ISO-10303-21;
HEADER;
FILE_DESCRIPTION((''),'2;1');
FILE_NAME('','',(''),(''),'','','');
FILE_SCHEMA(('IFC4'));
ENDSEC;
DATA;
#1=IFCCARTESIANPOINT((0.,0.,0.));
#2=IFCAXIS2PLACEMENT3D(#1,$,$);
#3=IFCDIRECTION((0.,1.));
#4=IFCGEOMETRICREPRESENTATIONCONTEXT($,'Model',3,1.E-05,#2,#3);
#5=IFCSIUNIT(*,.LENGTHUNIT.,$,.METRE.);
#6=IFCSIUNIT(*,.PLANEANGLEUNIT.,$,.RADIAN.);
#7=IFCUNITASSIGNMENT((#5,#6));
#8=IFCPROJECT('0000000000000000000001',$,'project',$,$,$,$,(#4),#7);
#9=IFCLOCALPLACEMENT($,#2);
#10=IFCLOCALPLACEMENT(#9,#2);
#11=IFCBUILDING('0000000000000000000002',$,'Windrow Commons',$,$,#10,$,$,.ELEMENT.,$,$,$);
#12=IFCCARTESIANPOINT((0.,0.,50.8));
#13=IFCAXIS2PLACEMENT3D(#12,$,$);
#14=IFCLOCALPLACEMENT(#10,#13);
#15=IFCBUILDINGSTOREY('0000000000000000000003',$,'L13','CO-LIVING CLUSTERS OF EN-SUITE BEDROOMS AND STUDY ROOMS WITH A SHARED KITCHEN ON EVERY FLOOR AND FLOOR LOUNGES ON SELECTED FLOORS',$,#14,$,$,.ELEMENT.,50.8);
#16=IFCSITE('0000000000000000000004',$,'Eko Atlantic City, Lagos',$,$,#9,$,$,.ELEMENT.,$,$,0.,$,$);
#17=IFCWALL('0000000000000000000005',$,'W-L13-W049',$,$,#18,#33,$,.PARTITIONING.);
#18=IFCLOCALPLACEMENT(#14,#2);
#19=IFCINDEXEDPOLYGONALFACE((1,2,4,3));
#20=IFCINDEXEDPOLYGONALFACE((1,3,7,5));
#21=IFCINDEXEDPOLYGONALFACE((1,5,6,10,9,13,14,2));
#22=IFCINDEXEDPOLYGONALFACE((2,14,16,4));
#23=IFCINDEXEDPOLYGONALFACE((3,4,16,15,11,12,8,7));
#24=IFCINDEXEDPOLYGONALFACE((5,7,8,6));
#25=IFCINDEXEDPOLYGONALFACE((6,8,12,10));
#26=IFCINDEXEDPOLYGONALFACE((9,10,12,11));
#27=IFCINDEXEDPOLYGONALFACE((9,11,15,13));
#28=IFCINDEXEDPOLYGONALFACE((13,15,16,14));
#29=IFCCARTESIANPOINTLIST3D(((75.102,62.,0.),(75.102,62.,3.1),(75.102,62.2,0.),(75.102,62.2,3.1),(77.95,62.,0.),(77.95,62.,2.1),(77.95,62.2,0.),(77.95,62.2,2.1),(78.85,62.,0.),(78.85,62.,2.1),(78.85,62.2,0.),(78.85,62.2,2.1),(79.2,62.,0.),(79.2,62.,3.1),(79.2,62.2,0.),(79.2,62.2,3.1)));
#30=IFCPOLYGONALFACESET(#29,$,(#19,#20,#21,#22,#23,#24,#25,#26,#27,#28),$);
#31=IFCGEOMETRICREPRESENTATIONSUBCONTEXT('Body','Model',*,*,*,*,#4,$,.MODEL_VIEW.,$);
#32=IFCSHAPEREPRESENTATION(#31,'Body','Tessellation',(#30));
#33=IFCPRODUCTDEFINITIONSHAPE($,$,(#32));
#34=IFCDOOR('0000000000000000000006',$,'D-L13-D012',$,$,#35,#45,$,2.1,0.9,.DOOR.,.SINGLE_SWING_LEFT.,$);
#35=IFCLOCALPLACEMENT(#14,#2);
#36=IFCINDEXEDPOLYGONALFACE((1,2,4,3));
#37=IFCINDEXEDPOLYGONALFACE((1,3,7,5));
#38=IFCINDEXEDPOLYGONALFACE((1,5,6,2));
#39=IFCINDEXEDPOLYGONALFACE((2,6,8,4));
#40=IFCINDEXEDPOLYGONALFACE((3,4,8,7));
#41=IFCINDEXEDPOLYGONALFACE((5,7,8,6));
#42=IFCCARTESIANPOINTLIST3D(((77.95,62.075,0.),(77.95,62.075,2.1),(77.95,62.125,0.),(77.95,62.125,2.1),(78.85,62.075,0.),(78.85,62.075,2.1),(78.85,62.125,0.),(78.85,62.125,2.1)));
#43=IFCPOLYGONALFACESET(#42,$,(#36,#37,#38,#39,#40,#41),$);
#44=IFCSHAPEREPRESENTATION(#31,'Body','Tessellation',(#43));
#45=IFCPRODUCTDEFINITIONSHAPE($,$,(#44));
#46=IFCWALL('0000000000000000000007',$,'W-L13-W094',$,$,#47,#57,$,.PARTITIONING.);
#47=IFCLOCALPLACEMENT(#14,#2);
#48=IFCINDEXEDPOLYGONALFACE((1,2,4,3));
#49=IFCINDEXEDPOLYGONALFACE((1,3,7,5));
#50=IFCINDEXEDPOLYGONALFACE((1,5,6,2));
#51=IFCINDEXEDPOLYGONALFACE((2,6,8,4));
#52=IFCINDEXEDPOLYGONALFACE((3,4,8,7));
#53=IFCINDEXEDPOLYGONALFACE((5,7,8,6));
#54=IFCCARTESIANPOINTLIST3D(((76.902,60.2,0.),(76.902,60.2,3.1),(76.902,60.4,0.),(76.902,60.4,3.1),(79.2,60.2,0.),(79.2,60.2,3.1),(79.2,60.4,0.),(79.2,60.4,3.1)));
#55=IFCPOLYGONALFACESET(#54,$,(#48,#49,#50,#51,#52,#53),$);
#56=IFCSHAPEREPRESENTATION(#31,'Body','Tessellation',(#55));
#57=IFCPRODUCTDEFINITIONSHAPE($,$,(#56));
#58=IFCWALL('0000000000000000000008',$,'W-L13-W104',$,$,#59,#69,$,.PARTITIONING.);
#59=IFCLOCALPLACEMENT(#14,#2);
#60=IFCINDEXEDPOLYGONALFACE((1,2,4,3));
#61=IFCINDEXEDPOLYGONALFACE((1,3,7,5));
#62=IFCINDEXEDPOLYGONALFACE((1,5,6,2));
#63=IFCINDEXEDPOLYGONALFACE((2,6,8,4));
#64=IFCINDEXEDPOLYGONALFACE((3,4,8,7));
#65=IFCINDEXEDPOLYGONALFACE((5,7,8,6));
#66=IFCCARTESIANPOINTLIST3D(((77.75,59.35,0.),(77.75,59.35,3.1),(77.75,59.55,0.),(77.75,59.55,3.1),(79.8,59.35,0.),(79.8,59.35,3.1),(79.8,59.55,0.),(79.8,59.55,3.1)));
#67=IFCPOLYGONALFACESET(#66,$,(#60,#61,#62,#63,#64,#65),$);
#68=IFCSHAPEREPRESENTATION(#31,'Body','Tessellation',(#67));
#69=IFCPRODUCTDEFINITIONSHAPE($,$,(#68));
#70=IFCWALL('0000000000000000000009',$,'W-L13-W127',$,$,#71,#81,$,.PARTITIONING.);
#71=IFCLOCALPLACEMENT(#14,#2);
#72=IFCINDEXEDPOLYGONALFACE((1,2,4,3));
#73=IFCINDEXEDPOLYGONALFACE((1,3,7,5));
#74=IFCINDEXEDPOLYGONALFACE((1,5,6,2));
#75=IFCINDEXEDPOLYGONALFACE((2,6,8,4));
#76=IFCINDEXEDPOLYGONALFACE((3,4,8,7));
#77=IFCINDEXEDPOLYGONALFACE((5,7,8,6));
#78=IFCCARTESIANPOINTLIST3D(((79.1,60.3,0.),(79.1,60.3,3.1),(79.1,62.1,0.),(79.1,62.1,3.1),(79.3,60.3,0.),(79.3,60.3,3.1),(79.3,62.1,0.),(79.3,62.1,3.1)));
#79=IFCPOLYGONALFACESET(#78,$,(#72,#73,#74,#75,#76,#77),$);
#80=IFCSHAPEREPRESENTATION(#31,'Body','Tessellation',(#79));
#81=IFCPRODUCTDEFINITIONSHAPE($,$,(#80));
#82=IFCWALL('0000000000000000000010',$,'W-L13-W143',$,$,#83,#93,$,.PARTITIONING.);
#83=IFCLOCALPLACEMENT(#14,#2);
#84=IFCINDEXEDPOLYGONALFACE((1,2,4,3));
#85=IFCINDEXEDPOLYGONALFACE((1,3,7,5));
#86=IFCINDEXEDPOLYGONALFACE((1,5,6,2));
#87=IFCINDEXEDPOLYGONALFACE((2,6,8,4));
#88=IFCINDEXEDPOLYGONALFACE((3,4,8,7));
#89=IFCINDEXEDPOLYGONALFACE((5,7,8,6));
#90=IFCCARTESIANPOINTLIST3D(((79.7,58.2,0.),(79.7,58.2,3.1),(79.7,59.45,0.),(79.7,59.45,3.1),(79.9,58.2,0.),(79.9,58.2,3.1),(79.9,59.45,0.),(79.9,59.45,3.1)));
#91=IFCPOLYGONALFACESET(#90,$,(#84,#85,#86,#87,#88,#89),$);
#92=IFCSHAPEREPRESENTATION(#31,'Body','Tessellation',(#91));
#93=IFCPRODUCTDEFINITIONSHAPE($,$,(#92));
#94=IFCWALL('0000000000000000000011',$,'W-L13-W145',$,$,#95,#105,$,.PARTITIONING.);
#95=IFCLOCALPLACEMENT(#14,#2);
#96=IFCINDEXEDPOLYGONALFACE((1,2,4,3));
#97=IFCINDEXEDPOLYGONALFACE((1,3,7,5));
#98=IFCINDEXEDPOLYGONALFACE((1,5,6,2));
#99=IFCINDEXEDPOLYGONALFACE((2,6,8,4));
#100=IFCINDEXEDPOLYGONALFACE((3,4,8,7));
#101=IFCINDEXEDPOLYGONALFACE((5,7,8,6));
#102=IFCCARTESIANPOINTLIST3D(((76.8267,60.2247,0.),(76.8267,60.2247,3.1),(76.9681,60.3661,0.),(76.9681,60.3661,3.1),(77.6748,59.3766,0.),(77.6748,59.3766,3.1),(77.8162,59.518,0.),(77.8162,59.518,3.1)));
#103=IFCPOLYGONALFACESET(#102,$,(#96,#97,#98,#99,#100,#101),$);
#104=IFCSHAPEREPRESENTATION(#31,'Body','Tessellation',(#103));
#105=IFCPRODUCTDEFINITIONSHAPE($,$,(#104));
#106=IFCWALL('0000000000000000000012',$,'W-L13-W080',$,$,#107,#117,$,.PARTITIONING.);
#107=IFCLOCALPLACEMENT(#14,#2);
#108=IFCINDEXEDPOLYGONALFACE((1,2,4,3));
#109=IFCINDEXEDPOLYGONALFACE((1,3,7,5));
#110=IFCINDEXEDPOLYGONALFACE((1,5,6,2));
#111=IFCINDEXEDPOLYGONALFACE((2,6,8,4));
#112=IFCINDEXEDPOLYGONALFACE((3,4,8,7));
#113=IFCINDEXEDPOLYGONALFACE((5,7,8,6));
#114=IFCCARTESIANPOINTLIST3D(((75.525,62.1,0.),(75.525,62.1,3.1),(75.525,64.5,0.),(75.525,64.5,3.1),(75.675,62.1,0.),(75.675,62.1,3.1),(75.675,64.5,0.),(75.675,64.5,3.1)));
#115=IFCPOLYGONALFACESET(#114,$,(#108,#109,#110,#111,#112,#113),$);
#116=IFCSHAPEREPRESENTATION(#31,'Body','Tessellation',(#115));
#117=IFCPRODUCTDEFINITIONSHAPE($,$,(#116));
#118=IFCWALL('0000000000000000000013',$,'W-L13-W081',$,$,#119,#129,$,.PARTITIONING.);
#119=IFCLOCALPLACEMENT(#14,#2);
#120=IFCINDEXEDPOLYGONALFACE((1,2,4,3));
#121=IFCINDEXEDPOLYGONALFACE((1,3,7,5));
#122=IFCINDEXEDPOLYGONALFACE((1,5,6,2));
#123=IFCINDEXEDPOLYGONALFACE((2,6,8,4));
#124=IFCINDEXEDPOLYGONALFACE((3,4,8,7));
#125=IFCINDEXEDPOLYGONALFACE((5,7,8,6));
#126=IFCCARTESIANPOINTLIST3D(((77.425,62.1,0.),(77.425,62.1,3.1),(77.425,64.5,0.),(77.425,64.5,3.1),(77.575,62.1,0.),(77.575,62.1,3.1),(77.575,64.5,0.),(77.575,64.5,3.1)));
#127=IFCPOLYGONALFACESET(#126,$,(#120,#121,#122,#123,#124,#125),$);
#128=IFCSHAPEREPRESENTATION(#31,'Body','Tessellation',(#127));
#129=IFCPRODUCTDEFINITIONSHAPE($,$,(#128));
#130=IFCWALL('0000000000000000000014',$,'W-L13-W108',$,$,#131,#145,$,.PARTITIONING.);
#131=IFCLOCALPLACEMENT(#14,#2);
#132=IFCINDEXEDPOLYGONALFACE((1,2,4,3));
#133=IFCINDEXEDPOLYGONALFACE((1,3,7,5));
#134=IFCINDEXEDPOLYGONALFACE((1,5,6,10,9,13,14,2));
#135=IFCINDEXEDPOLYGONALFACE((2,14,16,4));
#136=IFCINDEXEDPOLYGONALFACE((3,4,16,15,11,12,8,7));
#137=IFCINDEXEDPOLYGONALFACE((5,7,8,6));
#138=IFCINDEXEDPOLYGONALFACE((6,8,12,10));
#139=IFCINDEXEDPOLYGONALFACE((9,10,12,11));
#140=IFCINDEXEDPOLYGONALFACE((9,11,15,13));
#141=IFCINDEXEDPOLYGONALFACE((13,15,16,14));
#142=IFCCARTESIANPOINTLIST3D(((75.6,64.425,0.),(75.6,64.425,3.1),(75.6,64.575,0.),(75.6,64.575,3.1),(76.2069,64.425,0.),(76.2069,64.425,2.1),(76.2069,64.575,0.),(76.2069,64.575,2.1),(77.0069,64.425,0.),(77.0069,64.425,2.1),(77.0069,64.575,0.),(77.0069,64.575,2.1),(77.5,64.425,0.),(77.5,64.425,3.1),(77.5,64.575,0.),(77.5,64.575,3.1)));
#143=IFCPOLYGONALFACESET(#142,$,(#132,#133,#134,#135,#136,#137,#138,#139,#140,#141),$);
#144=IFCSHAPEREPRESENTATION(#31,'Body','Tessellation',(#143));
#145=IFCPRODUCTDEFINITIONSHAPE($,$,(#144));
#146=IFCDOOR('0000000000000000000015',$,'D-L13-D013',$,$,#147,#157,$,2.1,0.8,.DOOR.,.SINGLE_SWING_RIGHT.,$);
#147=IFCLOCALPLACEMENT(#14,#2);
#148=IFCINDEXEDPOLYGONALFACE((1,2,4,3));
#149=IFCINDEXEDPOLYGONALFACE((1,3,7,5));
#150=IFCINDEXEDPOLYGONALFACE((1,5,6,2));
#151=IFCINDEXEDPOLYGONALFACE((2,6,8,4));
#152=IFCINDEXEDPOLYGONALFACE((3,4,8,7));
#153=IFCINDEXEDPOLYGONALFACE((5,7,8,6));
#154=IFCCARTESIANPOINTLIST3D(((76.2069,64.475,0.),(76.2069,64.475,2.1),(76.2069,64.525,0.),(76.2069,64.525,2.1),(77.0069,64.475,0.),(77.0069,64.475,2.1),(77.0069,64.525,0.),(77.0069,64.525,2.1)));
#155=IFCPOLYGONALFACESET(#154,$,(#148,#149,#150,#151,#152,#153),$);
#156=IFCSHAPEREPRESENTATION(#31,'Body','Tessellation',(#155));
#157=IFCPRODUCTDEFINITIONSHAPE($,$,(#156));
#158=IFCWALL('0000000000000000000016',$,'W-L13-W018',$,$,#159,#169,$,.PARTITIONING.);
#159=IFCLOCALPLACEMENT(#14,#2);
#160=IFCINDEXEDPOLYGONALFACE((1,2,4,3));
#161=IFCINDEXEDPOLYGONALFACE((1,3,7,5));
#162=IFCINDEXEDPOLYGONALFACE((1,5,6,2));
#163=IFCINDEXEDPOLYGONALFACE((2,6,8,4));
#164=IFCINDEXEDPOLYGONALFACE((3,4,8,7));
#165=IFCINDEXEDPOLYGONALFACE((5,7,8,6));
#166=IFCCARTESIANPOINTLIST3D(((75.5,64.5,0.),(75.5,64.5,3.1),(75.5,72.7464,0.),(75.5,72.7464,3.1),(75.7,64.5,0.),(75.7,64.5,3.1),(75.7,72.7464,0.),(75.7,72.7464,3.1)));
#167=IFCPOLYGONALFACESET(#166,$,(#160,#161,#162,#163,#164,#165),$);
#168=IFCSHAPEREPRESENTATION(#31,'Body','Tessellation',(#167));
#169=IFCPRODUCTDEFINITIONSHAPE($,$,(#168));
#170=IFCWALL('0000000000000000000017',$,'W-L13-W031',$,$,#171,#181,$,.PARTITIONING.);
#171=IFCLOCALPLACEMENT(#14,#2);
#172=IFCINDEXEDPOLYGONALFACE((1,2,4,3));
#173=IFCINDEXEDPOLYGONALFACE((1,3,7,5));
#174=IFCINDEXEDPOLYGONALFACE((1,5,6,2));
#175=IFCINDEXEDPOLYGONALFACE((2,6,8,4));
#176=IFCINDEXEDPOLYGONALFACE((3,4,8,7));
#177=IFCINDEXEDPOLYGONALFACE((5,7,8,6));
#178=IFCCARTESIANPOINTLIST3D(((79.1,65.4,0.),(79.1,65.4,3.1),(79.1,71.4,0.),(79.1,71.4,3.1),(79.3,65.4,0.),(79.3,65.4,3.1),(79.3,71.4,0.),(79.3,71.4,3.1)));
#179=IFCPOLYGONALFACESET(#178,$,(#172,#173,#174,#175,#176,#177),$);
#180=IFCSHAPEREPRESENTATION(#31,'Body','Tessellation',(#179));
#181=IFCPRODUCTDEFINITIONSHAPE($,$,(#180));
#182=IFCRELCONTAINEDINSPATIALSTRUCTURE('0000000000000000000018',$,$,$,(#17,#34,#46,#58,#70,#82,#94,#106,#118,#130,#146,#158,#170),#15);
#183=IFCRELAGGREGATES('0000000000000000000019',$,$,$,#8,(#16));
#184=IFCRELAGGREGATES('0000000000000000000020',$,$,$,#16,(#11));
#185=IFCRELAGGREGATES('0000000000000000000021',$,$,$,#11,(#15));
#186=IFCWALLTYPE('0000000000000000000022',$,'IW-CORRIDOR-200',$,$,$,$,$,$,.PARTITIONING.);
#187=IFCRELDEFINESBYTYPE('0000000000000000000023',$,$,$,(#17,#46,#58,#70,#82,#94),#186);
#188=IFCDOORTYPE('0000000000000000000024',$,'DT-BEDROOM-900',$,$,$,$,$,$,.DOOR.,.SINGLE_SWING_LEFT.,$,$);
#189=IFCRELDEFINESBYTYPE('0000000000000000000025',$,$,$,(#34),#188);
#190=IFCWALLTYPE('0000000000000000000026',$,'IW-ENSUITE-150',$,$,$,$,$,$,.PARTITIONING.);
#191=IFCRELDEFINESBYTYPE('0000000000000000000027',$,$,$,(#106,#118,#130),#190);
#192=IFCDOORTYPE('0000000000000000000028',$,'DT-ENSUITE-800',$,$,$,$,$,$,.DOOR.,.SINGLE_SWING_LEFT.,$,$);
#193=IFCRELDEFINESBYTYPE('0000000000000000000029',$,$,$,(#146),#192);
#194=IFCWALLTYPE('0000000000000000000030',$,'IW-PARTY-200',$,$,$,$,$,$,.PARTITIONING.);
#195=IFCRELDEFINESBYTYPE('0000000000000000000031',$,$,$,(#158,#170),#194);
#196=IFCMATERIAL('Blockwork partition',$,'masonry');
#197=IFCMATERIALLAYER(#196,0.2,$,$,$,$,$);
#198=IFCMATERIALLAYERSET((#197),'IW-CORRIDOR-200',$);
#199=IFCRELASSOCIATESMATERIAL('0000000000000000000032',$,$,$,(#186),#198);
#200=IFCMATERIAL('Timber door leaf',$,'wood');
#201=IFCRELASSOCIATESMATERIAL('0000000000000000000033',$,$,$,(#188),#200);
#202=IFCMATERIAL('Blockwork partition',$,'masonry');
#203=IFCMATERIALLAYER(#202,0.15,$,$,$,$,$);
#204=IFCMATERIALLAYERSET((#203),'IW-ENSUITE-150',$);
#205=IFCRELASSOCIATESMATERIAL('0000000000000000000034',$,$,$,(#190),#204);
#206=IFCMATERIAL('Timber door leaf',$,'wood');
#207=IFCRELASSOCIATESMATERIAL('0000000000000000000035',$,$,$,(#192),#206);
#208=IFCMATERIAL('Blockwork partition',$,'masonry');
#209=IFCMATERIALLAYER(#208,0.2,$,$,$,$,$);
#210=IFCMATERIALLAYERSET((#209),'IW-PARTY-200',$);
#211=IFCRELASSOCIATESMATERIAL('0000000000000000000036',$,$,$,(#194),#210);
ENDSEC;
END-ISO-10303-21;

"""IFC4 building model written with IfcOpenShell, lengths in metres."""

from ifc_helpers import new_model, si_unit, direction, frame, frame_2d, origin, place, context, subcontext, project, spatial, rectangle, extrude, material, layer, layer_set, type_object, element, fill, save


model = new_model("IFC4")

# Units and contexts
model_context = context("Model", 3, precision=1e-05, world=origin(), true_north=direction((0.0, 1.0)))
body_context = subcontext(model_context, "Body", "Model", "MODEL_VIEW")
ifc_project = project(units=[si_unit("LENGTHUNIT", "METRE"), si_unit("PLANEANGLEUNIT", "RADIAN")], contexts=[model_context])

# Site, building, storey
site_placement = place(None, origin())
site = spatial("IfcSite", under=ifc_project, at=site_placement, Name="Eko Atlantic City, Lagos", CompositionType="ELEMENT", RefElevation=0.0)
building_placement = place(site_placement, origin())
building = spatial("IfcBuilding", under=site, at=building_placement, Name="Windrow Commons", CompositionType="ELEMENT")
storey_placement = place(building_placement, frame((0.0, 0.0, 50.8)))
storey = spatial("IfcBuildingStorey", under=building, at=storey_placement, Name="L13", Description="CO-LIVING CLUSTERS OF EN-SUITE BEDROOMS AND STUDY ROOMS WITH A SHARED KITCHEN ON EVERY FLOOR AND FLOOR LOUNGES ON SELECTED FLOORS", CompositionType="ELEMENT", Elevation=50.8)

# Wall, opening, door
ifc_material_1 = material(Name="Blockwork partition", Category="masonry")
ifc_layer_1 = layer(ifc_material_1, 0.2)
ifc_layer_set_1 = layer_set([ifc_layer_1], Name="IW-CORRIDOR-200")
wall_type_1 = type_object("IfcWallType", Name="IW-CORRIDOR-200", PredefinedType="PARTITIONING", material=ifc_layer_set_1)
wall_1_placement = place(storey_placement, frame((75.102, 62.1, 0.0), z_axis=(0.0, 0.0, 1.0), x_axis=(1.0, 0.0, 0.0)))
wall_1 = element("IfcWall", 1, at=wall_1_placement, inside=storey, type_object=wall_type_1, Name="W-L13-W049", PredefinedType="PARTITIONING", context=body_context, shape_type="SweptSolid", body=[
    extrude(rectangle(XDim=4.098, YDim=0.2, at=frame_2d((2.049, 0.0))), origin(), (0.0, 0.0, 1.0), 3.1),
])
opening_1_placement = place(wall_1_placement, frame((2.848, 0.0, 0.0)))
opening_1 = element("IfcOpeningElement", 2, at=opening_1_placement, cuts=wall_1, PredefinedType="OPENING", context=body_context, shape_type="SweptSolid", body=[
    extrude(rectangle(XDim=0.9, YDim=2.1, at=frame_2d((0.45, 1.05))), frame((0.0, 0.11, 0.0), z_axis=(0.0, -1.0, 0.0), x_axis=(1.0, 0.0, 0.0)), (0.0, 0.0, 1.0), 0.22),
])
ifc_material_2 = material(Name="Timber door leaf", Category="wood")
door_type_1 = type_object("IfcDoorType", Name="DT-BEDROOM-900", OperationType="SINGLE_SWING_LEFT", PredefinedType="DOOR", material=ifc_material_2)
door_1_placement = place(opening_1_placement, origin())
door_1 = element("IfcDoor", 3, at=door_1_placement, inside=storey, type_object=door_type_1, Name="D-L13-D012", OperationType="SINGLE_SWING_LEFT", OverallHeight=2.1, OverallWidth=0.9, PredefinedType="DOOR", context=body_context, shape_type="SweptSolid", body=[
    extrude(rectangle(XDim=0.9, YDim=2.1, at=frame_2d((0.45, 1.05))), frame((0.0, 0.025, 0.0), z_axis=(0.0, -1.0, 0.0), x_axis=(1.0, 0.0, 0.0)), (0.0, 0.0, 1.0), 0.05),
])
fill(opening_1, door_1)

# Walls
wall_2_placement = place(storey_placement, frame((76.902, 60.3, 0.0), z_axis=(0.0, 0.0, 1.0), x_axis=(1.0, 0.0, 0.0)))
element("IfcWall", 4, at=wall_2_placement, inside=storey, type_object=wall_type_1, Name="W-L13-W094", PredefinedType="PARTITIONING", context=body_context, shape_type="SweptSolid", body=[
    extrude(rectangle(XDim=2.298, YDim=0.2, at=frame_2d((1.149, 0.0))), origin(), (0.0, 0.0, 1.0), 3.1),
])
wall_3_placement = place(storey_placement, frame((77.75, 59.45, 0.0), z_axis=(0.0, 0.0, 1.0), x_axis=(1.0, 0.0, 0.0)))
element("IfcWall", 5, at=wall_3_placement, inside=storey, type_object=wall_type_1, Name="W-L13-W104", PredefinedType="PARTITIONING", context=body_context, shape_type="SweptSolid", body=[
    extrude(rectangle(XDim=2.05, YDim=0.2, at=frame_2d((1.025, 0.0))), origin(), (0.0, 0.0, 1.0), 3.1),
])
wall_4_placement = place(storey_placement, frame((79.2, 60.3, 0.0), z_axis=(0.0, 0.0, 1.0), x_axis=(0.0, 1.0, 0.0)))
element("IfcWall", 6, at=wall_4_placement, inside=storey, type_object=wall_type_1, Name="W-L13-W127", PredefinedType="PARTITIONING", context=body_context, shape_type="SweptSolid", body=[
    extrude(rectangle(XDim=1.8, YDim=0.2, at=frame_2d((0.9, 0.0))), origin(), (0.0, 0.0, 1.0), 3.1),
])
wall_5_placement = place(storey_placement, frame((79.8, 58.2, 0.0), z_axis=(0.0, 0.0, 1.0), x_axis=(0.0, 1.0, 0.0)))
element("IfcWall", 7, at=wall_5_placement, inside=storey, type_object=wall_type_1, Name="W-L13-W143", PredefinedType="PARTITIONING", context=body_context, shape_type="SweptSolid", body=[
    extrude(rectangle(XDim=1.25, YDim=0.2, at=frame_2d((0.625, 0.0))), origin(), (0.0, 0.0, 1.0), 3.1),
])
wall_6_placement = place(storey_placement, frame((76.8974, 60.2954, 0.0), z_axis=(0.0, 0.0, 1.0), x_axis=(0.707107, -0.707107, 0.0)))
element("IfcWall", 8, at=wall_6_placement, inside=storey, type_object=wall_type_1, Name="W-L13-W145", PredefinedType="PARTITIONING", context=body_context, shape_type="SweptSolid", body=[
    extrude(rectangle(XDim=1.1993, YDim=0.2, at=frame_2d((0.5997, 0.0))), origin(), (0.0, 0.0, 1.0), 3.1),
])
ifc_material_3 = material(Name="Blockwork partition", Category="masonry")
ifc_layer_2 = layer(ifc_material_3, 0.15)
ifc_layer_set_2 = layer_set([ifc_layer_2], Name="IW-ENSUITE-150")
wall_type_2 = type_object("IfcWallType", Name="IW-ENSUITE-150", PredefinedType="PARTITIONING", material=ifc_layer_set_2)
for number, where, z_axis, x_axis, name in (
    (9, (75.6, 62.1, 0.0), (0.0, 0.0, 1.0), (0.0, 1.0, 0.0), "W-L13-W080"),
    (10, (77.5, 62.1, 0.0), (0.0, 0.0, 1.0), (0.0, 1.0, 0.0), "W-L13-W081"),
):
    element("IfcWall", number, at=place(storey_placement, frame(where, z_axis=z_axis, x_axis=x_axis)), inside=storey, type_object=wall_type_2, Name=name, PredefinedType="PARTITIONING", context=body_context, shape_type="SweptSolid", body=[
        extrude(rectangle(XDim=2.4, YDim=0.15, at=frame_2d((1.2, 0.0))), origin(), (0.0, 0.0, 1.0), 3.1),
    ])

# Wall, opening, door
wall_7_placement = place(storey_placement, frame((75.6, 64.5, 0.0), z_axis=(0.0, 0.0, 1.0), x_axis=(1.0, 0.0, 0.0)))
wall_7 = element("IfcWall", 11, at=wall_7_placement, inside=storey, type_object=wall_type_2, Name="W-L13-W108", PredefinedType="PARTITIONING", context=body_context, shape_type="SweptSolid", body=[
    extrude(rectangle(XDim=1.9, YDim=0.15, at=frame_2d((0.95, 0.0))), origin(), (0.0, 0.0, 1.0), 3.1),
])
opening_2_placement = place(wall_7_placement, frame((0.6069, 0.0, 0.0)))
opening_2 = element("IfcOpeningElement", 12, at=opening_2_placement, cuts=wall_7, PredefinedType="OPENING", context=body_context, shape_type="SweptSolid", body=[
    extrude(rectangle(XDim=0.8, YDim=2.1, at=frame_2d((0.4, 1.05))), frame((0.0, 0.085, 0.0), z_axis=(0.0, -1.0, 0.0), x_axis=(1.0, 0.0, 0.0)), (0.0, 0.0, 1.0), 0.17),
])
ifc_material_4 = material(Name="Timber door leaf", Category="wood")
door_type_2 = type_object("IfcDoorType", Name="DT-ENSUITE-800", OperationType="SINGLE_SWING_LEFT", PredefinedType="DOOR", material=ifc_material_4)
door_2_placement = place(opening_2_placement, origin())
door_2 = element("IfcDoor", 13, at=door_2_placement, inside=storey, type_object=door_type_2, Name="D-L13-D013", OperationType="SINGLE_SWING_RIGHT", OverallHeight=2.1, OverallWidth=0.8, PredefinedType="DOOR", context=body_context, shape_type="SweptSolid", body=[
    extrude(rectangle(XDim=0.8, YDim=2.1, at=frame_2d((0.4, 1.05))), frame((0.0, 0.025, 0.0), z_axis=(0.0, -1.0, 0.0), x_axis=(1.0, 0.0, 0.0)), (0.0, 0.0, 1.0), 0.05),
])
fill(opening_2, door_2)

# Walls
ifc_material_5 = material(Name="Blockwork partition", Category="masonry")
ifc_layer_3 = layer(ifc_material_5, 0.2)
ifc_layer_set_3 = layer_set([ifc_layer_3], Name="IW-PARTY-200")
wall_type_3 = type_object("IfcWallType", Name="IW-PARTY-200", PredefinedType="PARTITIONING", material=ifc_layer_set_3)
wall_8_placement = place(storey_placement, frame((75.6, 64.5, 0.0), z_axis=(0.0, 0.0, 1.0), x_axis=(0.0, 1.0, 0.0)))
element("IfcWall", 14, at=wall_8_placement, inside=storey, type_object=wall_type_3, Name="W-L13-W018", PredefinedType="PARTITIONING", context=body_context, shape_type="SweptSolid", body=[
    extrude(rectangle(XDim=8.2464, YDim=0.2, at=frame_2d((4.1232, 0.0))), origin(), (0.0, 0.0, 1.0), 3.1),
])
wall_9_placement = place(storey_placement, frame((79.2, 65.4, 0.0), z_axis=(0.0, 0.0, 1.0), x_axis=(0.0, 1.0, 0.0)))
element("IfcWall", 15, at=wall_9_placement, inside=storey, type_object=wall_type_3, Name="W-L13-W031", PredefinedType="PARTITIONING", context=body_context, shape_type="SweptSolid", body=[
    extrude(rectangle(XDim=6.0, YDim=0.2, at=frame_2d((3.0, 0.0))), origin(), (0.0, 0.0, 1.0), 3.1),
])

save(model, "model.ifc")
